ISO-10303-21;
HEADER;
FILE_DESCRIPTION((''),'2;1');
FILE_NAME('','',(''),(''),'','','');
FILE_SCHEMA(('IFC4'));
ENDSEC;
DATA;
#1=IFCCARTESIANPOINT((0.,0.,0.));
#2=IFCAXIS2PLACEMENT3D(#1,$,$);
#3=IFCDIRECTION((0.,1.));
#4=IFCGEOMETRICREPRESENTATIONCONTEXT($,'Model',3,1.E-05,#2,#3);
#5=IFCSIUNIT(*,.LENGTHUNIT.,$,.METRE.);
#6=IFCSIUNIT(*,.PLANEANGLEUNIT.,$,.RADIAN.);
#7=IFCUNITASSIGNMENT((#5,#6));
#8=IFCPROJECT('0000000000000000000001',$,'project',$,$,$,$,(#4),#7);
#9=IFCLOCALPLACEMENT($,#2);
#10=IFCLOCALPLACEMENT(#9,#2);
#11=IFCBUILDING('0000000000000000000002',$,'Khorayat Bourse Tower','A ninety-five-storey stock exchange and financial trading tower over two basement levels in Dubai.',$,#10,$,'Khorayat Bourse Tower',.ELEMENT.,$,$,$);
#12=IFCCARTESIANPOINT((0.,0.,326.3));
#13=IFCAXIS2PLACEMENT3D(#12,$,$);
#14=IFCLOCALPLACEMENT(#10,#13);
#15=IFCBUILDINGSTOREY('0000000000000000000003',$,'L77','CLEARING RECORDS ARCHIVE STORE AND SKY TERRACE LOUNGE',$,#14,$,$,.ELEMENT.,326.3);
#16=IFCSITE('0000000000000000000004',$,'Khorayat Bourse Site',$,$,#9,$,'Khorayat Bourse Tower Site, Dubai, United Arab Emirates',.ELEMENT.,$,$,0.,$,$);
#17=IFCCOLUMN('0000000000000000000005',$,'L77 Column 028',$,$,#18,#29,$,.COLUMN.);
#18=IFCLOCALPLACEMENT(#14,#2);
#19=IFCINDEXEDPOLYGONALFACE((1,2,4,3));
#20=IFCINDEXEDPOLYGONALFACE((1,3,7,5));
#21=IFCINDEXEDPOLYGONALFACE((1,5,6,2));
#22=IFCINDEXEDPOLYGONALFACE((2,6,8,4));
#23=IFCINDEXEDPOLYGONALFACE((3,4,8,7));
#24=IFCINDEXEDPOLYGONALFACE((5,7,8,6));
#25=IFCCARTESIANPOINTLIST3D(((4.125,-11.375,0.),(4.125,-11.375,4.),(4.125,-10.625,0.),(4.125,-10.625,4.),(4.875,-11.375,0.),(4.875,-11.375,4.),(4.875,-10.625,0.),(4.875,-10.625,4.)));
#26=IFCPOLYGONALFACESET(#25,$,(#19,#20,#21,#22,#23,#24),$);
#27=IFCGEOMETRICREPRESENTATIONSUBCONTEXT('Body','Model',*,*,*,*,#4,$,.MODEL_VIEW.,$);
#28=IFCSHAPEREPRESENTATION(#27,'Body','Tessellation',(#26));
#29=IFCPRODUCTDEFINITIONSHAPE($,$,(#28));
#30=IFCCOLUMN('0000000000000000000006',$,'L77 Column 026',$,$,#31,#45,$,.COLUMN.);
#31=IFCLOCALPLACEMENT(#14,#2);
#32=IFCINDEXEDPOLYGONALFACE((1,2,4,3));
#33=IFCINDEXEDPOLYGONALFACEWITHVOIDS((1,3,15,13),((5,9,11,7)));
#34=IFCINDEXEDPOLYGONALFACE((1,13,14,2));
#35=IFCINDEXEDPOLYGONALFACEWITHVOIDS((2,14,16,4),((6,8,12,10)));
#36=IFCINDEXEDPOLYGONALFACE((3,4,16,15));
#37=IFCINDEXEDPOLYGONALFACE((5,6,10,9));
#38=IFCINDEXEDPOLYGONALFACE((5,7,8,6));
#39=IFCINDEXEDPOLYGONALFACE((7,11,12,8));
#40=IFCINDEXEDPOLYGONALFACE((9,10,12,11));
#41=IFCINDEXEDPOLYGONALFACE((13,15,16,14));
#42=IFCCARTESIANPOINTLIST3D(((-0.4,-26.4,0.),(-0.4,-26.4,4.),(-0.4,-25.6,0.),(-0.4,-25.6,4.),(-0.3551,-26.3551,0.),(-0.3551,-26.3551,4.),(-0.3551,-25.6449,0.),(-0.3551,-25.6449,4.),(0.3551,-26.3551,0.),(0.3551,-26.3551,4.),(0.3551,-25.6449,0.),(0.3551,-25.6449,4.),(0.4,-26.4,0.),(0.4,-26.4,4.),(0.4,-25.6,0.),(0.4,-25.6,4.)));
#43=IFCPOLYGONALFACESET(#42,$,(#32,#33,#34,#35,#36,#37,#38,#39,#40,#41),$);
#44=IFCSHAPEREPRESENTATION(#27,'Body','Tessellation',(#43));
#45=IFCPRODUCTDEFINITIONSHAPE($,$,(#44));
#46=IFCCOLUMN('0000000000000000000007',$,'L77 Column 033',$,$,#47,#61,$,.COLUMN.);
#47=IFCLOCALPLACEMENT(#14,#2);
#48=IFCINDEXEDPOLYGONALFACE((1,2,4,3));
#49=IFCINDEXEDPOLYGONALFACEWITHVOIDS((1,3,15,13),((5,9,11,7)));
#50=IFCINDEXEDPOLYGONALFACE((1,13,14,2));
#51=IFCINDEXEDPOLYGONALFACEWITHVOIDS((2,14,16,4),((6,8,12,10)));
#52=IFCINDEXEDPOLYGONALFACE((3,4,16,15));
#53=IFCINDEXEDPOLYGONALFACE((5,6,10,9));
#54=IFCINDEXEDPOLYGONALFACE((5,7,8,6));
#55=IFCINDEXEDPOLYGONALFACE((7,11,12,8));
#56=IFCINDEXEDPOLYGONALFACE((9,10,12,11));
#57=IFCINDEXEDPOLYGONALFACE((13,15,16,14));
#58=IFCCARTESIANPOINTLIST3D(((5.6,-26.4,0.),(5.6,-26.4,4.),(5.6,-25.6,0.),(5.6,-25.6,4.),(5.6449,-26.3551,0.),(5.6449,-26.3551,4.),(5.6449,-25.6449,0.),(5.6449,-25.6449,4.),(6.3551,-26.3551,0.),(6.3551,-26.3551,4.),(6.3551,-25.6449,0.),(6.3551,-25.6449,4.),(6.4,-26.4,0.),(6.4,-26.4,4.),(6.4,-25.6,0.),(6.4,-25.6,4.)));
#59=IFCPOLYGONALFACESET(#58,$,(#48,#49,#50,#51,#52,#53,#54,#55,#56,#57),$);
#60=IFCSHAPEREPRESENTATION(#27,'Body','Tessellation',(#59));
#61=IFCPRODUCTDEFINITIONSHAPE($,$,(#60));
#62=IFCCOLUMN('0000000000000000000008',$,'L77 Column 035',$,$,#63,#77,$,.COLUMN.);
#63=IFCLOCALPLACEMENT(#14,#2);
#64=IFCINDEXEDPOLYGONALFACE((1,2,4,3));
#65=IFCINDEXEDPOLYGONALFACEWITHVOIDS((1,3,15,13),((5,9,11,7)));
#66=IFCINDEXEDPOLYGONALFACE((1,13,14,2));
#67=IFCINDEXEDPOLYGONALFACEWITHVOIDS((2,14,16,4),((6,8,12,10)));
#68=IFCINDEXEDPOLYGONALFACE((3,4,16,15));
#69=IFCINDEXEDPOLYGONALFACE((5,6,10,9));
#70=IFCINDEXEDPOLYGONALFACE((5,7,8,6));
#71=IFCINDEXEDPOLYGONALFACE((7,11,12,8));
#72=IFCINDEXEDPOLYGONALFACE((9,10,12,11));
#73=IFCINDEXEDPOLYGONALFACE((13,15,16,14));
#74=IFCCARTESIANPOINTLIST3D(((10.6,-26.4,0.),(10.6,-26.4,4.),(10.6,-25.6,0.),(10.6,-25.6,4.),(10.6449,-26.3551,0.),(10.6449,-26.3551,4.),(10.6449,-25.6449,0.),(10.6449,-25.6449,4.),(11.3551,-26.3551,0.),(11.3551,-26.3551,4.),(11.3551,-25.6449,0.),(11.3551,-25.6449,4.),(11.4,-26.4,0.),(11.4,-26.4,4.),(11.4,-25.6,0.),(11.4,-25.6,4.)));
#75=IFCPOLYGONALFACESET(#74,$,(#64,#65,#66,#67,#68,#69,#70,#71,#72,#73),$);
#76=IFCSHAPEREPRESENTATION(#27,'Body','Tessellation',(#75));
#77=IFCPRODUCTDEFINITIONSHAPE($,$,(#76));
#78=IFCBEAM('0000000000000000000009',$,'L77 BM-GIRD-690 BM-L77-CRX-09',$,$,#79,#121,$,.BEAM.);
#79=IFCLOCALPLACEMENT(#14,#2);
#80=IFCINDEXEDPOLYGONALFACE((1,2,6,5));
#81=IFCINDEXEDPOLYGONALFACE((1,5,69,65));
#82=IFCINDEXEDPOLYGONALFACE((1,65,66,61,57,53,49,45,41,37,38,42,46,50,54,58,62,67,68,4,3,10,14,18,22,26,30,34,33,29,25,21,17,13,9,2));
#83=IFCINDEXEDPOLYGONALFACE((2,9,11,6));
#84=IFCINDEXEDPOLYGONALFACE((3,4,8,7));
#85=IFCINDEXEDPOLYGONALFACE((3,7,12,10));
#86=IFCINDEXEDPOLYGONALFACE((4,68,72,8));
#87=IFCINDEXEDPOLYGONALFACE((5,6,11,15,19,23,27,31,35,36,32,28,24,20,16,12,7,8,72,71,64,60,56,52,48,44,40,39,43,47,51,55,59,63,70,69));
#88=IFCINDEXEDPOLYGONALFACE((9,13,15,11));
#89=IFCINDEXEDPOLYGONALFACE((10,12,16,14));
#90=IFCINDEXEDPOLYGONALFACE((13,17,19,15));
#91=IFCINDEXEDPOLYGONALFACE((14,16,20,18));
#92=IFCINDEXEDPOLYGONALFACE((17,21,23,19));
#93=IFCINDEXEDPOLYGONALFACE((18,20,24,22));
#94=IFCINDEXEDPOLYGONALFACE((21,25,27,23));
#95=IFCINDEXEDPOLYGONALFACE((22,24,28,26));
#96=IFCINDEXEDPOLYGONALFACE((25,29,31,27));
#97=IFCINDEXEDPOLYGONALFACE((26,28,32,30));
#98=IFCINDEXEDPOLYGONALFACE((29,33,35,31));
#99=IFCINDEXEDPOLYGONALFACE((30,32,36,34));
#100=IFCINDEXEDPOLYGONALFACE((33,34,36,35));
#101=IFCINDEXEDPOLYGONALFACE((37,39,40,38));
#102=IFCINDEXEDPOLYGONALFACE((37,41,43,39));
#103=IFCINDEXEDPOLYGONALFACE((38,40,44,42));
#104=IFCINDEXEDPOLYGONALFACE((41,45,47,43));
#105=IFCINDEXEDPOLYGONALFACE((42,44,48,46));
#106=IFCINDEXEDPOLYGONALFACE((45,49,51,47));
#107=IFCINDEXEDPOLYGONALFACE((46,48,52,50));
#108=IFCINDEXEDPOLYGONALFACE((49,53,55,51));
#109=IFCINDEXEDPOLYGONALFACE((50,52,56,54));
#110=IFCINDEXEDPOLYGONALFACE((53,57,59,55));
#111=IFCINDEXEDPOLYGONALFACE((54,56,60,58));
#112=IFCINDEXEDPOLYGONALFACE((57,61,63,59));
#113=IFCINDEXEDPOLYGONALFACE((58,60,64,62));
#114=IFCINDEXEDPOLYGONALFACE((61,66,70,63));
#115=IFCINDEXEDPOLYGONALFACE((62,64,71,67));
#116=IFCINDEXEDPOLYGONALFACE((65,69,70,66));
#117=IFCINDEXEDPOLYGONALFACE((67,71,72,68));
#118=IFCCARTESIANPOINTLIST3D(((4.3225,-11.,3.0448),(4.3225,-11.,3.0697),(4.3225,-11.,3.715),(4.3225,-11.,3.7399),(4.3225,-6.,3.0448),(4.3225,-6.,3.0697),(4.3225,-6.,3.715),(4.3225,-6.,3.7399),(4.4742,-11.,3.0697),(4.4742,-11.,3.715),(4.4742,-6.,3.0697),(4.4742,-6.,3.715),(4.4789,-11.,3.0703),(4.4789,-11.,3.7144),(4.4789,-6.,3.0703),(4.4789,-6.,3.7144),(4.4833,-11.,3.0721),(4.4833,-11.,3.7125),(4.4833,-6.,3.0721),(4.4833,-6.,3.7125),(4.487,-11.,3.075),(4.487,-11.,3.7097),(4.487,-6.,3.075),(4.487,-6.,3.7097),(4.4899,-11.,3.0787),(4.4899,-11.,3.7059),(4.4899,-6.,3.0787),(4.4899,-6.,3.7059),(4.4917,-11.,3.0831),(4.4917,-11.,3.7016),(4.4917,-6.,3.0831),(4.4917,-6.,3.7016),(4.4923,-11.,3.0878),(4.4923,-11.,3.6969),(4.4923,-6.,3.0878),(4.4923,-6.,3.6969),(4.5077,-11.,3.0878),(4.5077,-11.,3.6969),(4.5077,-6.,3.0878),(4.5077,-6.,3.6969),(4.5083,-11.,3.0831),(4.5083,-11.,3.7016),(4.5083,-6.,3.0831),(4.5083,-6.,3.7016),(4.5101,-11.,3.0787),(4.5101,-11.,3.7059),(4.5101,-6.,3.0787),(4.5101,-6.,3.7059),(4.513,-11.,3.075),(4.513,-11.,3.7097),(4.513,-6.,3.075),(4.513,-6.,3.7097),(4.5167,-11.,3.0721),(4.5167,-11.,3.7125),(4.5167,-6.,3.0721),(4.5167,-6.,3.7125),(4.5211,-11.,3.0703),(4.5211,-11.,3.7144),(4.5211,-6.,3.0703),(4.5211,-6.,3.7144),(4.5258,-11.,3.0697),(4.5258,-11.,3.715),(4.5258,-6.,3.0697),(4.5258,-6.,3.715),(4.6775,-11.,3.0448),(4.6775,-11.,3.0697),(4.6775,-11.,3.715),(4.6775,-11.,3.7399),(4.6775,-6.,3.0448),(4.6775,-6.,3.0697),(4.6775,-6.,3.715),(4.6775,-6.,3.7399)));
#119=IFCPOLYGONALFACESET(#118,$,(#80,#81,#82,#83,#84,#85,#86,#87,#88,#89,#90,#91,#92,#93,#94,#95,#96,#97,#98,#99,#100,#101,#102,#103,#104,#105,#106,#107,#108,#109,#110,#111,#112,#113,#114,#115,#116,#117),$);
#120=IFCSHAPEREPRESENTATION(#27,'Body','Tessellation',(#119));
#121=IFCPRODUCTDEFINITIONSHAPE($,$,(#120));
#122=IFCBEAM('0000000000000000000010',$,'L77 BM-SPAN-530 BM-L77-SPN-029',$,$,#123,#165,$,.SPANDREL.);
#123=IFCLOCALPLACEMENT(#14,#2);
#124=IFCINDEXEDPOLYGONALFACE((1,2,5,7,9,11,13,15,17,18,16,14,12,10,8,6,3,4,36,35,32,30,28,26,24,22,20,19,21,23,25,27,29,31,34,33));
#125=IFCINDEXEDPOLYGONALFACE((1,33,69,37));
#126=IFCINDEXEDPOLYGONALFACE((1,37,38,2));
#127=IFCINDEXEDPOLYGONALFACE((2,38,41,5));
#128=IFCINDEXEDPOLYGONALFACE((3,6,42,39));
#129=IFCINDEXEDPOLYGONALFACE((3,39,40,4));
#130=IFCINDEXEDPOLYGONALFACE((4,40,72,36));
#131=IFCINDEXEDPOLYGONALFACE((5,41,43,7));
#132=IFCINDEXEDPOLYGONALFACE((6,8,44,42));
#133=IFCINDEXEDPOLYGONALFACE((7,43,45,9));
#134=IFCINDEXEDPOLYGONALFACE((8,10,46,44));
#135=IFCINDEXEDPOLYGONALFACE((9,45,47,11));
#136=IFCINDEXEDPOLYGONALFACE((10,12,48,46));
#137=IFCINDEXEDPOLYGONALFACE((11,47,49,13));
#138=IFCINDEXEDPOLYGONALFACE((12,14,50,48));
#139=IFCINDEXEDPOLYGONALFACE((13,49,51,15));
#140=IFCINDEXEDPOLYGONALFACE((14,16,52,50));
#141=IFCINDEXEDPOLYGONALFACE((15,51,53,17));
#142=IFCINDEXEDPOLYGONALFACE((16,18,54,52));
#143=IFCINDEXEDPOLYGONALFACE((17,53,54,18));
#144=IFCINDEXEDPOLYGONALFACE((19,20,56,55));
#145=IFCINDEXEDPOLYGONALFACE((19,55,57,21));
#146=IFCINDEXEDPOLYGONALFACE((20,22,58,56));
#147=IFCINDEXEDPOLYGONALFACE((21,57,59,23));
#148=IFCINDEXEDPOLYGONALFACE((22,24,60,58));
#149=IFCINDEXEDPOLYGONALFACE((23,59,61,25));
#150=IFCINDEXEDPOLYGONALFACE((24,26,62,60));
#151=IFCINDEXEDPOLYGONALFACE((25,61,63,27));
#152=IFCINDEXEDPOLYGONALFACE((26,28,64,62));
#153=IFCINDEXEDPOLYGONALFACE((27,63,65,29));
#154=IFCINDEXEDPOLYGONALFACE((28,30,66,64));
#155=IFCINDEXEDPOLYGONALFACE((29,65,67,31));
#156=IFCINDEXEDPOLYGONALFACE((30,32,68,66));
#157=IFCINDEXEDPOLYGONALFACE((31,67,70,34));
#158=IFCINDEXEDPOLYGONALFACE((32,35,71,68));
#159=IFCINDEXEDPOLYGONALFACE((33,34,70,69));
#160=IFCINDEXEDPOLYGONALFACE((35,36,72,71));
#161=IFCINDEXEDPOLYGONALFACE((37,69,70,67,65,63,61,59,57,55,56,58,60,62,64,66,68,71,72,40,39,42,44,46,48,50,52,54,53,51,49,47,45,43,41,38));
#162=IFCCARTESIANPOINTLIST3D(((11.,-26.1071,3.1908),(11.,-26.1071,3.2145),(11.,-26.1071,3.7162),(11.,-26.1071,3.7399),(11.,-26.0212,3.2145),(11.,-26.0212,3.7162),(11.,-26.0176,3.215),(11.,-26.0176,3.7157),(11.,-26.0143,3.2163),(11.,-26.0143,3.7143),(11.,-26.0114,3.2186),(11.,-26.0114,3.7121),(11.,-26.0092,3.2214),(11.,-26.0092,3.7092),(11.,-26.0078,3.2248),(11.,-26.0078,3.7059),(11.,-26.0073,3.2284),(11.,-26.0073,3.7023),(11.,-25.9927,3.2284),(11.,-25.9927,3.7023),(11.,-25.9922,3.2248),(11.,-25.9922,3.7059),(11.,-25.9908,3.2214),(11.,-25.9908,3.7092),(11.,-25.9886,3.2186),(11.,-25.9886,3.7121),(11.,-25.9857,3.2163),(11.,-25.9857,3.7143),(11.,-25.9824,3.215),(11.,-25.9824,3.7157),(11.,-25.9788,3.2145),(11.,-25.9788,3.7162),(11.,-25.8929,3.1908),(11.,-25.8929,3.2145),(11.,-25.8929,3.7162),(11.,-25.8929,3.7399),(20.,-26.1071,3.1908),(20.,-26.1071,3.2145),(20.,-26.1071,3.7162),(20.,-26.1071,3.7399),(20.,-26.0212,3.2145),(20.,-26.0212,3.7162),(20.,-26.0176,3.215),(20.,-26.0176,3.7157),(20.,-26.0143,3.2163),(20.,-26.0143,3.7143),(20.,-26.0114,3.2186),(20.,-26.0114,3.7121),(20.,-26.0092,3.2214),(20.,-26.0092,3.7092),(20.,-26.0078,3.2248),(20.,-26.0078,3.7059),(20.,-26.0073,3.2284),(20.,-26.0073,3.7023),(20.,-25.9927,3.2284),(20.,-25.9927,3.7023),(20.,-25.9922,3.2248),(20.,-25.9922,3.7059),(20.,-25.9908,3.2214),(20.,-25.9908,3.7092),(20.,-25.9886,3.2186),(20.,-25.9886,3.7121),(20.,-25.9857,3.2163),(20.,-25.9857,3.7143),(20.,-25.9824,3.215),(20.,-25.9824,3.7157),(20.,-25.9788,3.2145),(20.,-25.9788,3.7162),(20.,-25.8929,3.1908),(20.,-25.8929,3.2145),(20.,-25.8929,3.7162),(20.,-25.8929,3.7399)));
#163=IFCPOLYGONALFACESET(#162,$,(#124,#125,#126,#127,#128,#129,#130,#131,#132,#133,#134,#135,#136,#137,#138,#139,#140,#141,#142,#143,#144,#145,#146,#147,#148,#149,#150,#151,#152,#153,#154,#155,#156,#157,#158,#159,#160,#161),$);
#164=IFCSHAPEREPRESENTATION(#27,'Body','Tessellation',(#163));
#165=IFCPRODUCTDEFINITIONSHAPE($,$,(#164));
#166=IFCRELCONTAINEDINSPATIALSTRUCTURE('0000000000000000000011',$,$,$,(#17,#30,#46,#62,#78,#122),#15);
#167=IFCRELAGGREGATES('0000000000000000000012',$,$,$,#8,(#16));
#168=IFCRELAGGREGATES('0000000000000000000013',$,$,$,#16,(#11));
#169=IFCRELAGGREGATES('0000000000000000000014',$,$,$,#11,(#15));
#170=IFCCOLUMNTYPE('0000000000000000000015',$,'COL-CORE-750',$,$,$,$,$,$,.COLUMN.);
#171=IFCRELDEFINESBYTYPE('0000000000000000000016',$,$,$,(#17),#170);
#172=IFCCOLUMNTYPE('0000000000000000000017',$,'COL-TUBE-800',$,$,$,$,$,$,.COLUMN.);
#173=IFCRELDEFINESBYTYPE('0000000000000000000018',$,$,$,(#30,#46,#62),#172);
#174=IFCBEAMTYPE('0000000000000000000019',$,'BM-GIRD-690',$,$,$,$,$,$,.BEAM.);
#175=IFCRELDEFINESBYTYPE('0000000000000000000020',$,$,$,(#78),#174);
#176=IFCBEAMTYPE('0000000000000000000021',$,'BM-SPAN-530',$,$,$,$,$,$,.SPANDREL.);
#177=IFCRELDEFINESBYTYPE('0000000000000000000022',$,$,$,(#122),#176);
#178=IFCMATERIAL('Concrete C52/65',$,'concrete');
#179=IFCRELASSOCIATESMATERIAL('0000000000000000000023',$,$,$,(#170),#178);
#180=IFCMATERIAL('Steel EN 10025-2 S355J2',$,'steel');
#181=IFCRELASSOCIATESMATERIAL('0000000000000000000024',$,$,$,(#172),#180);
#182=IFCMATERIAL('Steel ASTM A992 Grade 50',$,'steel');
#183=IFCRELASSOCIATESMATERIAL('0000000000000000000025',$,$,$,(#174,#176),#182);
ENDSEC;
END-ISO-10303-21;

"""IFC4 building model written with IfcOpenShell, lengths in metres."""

from ifc_helpers import new_model, si_unit, direction, frame, origin, origin_2d, place, context, subcontext, project, spatial, rectangle, hollow_rectangle, i_section, extrude, source, transform, mapped, material, material_profile, profile_set, type_object, element, save


model = new_model("IFC4")

# Units and contexts
model_context = context("Model", 3, precision=1e-05, world=origin(), true_north=direction((0.0, 1.0)))
body_context = subcontext(model_context, "Body", "Model", "MODEL_VIEW")
ifc_project = project(units=[si_unit("LENGTHUNIT", "METRE"), si_unit("PLANEANGLEUNIT", "RADIAN")], contexts=[model_context])

# Site, building, storey
site_placement = place(None, origin())
site = spatial("IfcSite", under=ifc_project, at=site_placement, Name="Khorayat Bourse Site", LongName="Khorayat Bourse Tower Site, Dubai, United Arab Emirates", CompositionType="ELEMENT", RefElevation=0.0)
building_placement = place(site_placement, origin())
building = spatial("IfcBuilding", under=site, at=building_placement, Name="Khorayat Bourse Tower", Description="A ninety-five-storey stock exchange and financial trading tower over two basement levels in Dubai.", LongName="Khorayat Bourse Tower", CompositionType="ELEMENT")
storey_placement = place(building_placement, frame((0.0, 0.0, 326.3)))
storey = spatial("IfcBuildingStorey", under=building, at=storey_placement, Name="L77", Description="CLEARING RECORDS ARCHIVE STORE AND SKY TERRACE LOUNGE", CompositionType="ELEMENT", Elevation=326.3)

# Columns
ifc_material_1 = material(Name="Concrete C52/65", Category="concrete")
ifc_material_profile_1 = material_profile(ifc_material_1, rectangle(XDim=0.75, YDim=0.75, at=origin_2d()), Name="RC 750x750")
ifc_profile_set_1 = profile_set([ifc_material_profile_1], Name="Concrete C52/65")
column_type_1 = type_object("IfcColumnType", Name="COL-CORE-750", PredefinedType="COLUMN", material=ifc_profile_set_1)
shared_shape_1 = source(origin(), body_context, "Body", "SweptSolid", [
    extrude(rectangle(XDim=0.75, YDim=0.75, at=origin_2d()), origin(), (0.0, 0.0, 1.0), 4.0),
])
column_placement = place(storey_placement, frame((4.5, -11.0, 0.0), z_axis=(0.0, 0.0, 1.0), x_axis=(1.0, 0.0, 0.0)))
element("IfcColumn", 1, at=column_placement, inside=storey, type_object=column_type_1, Name="L77 Column 028", PredefinedType="COLUMN", context=body_context, shape_type="MappedRepresentation", body=[
    mapped(shared_shape_1, transform((0.0, 0.0, 0.0), scale=1.0)),
])
ifc_material_2 = material(Name="Steel EN 10025-2 S355J2", Category="steel")
ifc_material_profile_2 = material_profile(ifc_material_2, hollow_rectangle(XDim=0.8, YDim=0.8, WallThickness=0.0449, at=origin_2d()), Name="BOX 800x800x45")
ifc_profile_set_2 = profile_set([ifc_material_profile_2], Name="Steel EN 10025-2 S355J2")
column_type_2 = type_object("IfcColumnType", Name="COL-TUBE-800", PredefinedType="COLUMN", material=ifc_profile_set_2)
shared_shape_2 = source(origin(), body_context, "Body", "SweptSolid", [
    extrude(hollow_rectangle(XDim=0.8, YDim=0.8, WallThickness=0.0449, at=origin_2d()), origin(), (0.0, 0.0, 1.0), 4.0),
])
for number, where, z_axis, x_axis, name in (
    (2, (0.0, -26.0, 0.0), (0.0, 0.0, 1.0), (1.0, 0.0, 0.0), "L77 Column 026"),
    (3, (6.0, -26.0, 0.0), (0.0, 0.0, 1.0), (1.0, 0.0, 0.0), "L77 Column 033"),
    (4, (11.0, -26.0, 0.0), (0.0, 0.0, 1.0), (1.0, 0.0, 0.0), "L77 Column 035"),
):
    element("IfcColumn", number, at=place(storey_placement, frame(where, z_axis=z_axis, x_axis=x_axis)), inside=storey, type_object=column_type_2, Name=name, PredefinedType="COLUMN", context=body_context, shape_type="MappedRepresentation", body=[
        mapped(shared_shape_2, transform((0.0, 0.0, 0.0), scale=1.0)),
    ])

# Beams
ifc_material_3 = material(Name="Steel ASTM A992 Grade 50", Category="steel")
ifc_material_profile_3 = material_profile(ifc_material_3, i_section(OverallWidth=0.355, OverallDepth=0.6951, WebThickness=0.0154, FlangeThickness=0.0249, FilletRadius=0.0181, at=origin_2d()), Name="W690X217")
ifc_profile_set_3 = profile_set([ifc_material_profile_3], Name="Steel ASTM A992 Grade 50")
beam_type_1 = type_object("IfcBeamType", Name="BM-GIRD-690", PredefinedType="BEAM", material=ifc_profile_set_3)
shared_shape_3 = source(origin(), body_context, "Body", "SweptSolid", [
    extrude(i_section(OverallWidth=0.355, OverallDepth=0.6951, WebThickness=0.0154, FlangeThickness=0.0249, FilletRadius=0.0181, at=origin_2d()), origin(), (0.0, 0.0, 1.0), 5.0),
])
beam_1_placement = place(storey_placement, frame((4.5, -11.0, 3.3923), z_axis=(0.0, 1.0, 0.0), x_axis=(-1.0, 0.0, 0.0)))
element("IfcBeam", 5, at=beam_1_placement, inside=storey, type_object=beam_type_1, Name="L77 BM-GIRD-690 BM-L77-CRX-09", PredefinedType="BEAM", context=body_context, shape_type="MappedRepresentation", body=[
    mapped(shared_shape_3, transform((0.0, 0.0, 0.0), scale=1.0)),
])
ifc_material_profile_4 = material_profile(ifc_material_3, i_section(OverallWidth=0.2141, OverallDepth=0.5491, WebThickness=0.0146, FlangeThickness=0.0237, FilletRadius=0.0139, at=origin_2d()), Name="W530X138")
ifc_profile_set_4 = profile_set([ifc_material_profile_4], Name="Steel ASTM A992 Grade 50")
beam_type_2 = type_object("IfcBeamType", Name="BM-SPAN-530", PredefinedType="SPANDREL", material=ifc_profile_set_4)
shared_shape_4 = source(origin(), body_context, "Body", "SweptSolid", [
    extrude(i_section(OverallWidth=0.2141, OverallDepth=0.5491, WebThickness=0.0146, FlangeThickness=0.0237, FilletRadius=0.0139, at=origin_2d()), origin(), (0.0, 0.0, 1.0), 9.0),
])
beam_2_placement = place(storey_placement, frame((11.0, -26.0, 3.4653), z_axis=(1.0, 0.0, 0.0), x_axis=(0.0, 1.0, 0.0)))
element("IfcBeam", 6, at=beam_2_placement, inside=storey, type_object=beam_type_2, Name="L77 BM-SPAN-530 BM-L77-SPN-029", PredefinedType="SPANDREL", context=body_context, shape_type="MappedRepresentation", body=[
    mapped(shared_shape_4, transform((0.0, 0.0, 0.0), scale=1.0)),
])

save(model, "model.ifc")
